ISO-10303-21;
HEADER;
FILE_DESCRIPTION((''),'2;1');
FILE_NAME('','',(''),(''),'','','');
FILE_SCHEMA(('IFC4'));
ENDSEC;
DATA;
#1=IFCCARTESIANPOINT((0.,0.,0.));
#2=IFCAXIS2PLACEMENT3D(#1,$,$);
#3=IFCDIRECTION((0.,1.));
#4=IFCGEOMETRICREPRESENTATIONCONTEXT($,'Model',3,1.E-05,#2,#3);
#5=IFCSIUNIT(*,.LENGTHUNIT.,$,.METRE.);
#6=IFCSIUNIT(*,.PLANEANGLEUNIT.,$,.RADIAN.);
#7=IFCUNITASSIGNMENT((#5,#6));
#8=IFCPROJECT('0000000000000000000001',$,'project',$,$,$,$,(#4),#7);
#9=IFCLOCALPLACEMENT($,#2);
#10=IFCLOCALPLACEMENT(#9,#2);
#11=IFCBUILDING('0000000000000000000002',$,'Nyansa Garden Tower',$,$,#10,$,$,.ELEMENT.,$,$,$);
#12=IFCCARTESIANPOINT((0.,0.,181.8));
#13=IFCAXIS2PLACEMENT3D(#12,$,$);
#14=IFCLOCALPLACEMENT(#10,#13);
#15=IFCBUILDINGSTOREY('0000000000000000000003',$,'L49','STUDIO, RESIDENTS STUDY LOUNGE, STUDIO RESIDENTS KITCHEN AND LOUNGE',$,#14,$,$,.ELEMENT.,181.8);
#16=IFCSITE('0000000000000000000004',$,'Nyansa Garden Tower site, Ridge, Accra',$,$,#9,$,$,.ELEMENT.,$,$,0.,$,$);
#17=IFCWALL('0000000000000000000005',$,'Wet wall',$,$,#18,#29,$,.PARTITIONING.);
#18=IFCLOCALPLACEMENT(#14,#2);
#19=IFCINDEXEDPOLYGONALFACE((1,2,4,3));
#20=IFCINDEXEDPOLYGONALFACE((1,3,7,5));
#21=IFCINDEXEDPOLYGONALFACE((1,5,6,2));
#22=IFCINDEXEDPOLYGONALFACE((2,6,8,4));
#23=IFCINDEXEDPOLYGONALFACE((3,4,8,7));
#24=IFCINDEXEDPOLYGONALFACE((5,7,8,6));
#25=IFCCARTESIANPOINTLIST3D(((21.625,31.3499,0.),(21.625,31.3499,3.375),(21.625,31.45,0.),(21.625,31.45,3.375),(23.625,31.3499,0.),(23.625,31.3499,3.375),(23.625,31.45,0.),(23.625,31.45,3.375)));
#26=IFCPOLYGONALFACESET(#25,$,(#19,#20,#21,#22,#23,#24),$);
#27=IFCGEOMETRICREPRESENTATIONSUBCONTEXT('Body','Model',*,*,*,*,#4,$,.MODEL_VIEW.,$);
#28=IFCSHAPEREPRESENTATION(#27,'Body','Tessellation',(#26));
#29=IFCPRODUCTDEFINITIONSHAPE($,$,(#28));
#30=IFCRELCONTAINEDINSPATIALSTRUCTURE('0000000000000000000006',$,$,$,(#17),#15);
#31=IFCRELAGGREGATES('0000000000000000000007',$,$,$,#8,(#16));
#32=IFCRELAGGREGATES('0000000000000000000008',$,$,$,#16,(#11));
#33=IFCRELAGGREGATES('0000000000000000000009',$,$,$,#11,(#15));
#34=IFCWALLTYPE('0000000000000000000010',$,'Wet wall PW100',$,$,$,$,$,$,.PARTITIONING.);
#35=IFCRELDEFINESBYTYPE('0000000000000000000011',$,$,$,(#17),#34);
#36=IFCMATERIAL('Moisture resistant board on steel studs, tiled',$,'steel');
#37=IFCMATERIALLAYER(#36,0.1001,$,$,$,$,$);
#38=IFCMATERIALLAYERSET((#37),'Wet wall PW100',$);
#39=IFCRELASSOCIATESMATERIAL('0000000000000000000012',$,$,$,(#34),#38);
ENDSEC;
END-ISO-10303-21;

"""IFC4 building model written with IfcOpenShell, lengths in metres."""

from ifc_helpers import new_model, si_unit, direction, frame, frame_2d, origin, place, context, subcontext, project, spatial, rectangle, extrude, material, layer, layer_set, type_object, element, save


model = new_model("IFC4")

# Units and contexts
model_context = context("Model", 3, precision=1e-05, world=origin(), true_north=direction((0.0, 1.0)))
body_context = subcontext(model_context, "Body", "Model", "MODEL_VIEW")
ifc_project = project(units=[si_unit("LENGTHUNIT", "METRE"), si_unit("PLANEANGLEUNIT", "RADIAN")], contexts=[model_context])

# Site, building, storey
site_placement = place(None, origin())
site = spatial("IfcSite", under=ifc_project, at=site_placement, Name="Nyansa Garden Tower site, Ridge, Accra", CompositionType="ELEMENT", RefElevation=0.0)
building_placement = place(site_placement, origin())
building = spatial("IfcBuilding", under=site, at=building_placement, Name="Nyansa Garden Tower", CompositionType="ELEMENT")
storey_placement = place(building_placement, frame((0.0, 0.0, 181.8)))
storey = spatial("IfcBuildingStorey", under=building, at=storey_placement, Name="L49", Description="STUDIO, RESIDENTS STUDY LOUNGE, STUDIO RESIDENTS KITCHEN AND LOUNGE", CompositionType="ELEMENT", Elevation=181.8)

# Shared definitions
ifc_material_1 = material(Name="Moisture resistant board on steel studs, tiled", Category="steel")
ifc_layer_1 = layer(ifc_material_1, 0.1001)
ifc_layer_set_1 = layer_set([ifc_layer_1], Name="Wet wall PW100")
wall_type_1 = type_object("IfcWallType", Name="Wet wall PW100", PredefinedType="PARTITIONING", material=ifc_layer_set_1)

# Wall
wall_1_placement = place(storey_placement, frame((21.625, 31.3999, 0.0), z_axis=(0.0, 0.0, 1.0), x_axis=(1.0, 0.0, 0.0)))
element("IfcWall", 1, at=wall_1_placement, inside=storey, type_object=wall_type_1, Name="Wet wall", PredefinedType="PARTITIONING", context=body_context, shape_type="SweptSolid", body=[
    extrude(rectangle(XDim=2.0, YDim=0.1001, at=frame_2d((1.0, 0.0))), origin(), (0.0, 0.0, 1.0), 3.375),
])

save(model, "model.ifc")
